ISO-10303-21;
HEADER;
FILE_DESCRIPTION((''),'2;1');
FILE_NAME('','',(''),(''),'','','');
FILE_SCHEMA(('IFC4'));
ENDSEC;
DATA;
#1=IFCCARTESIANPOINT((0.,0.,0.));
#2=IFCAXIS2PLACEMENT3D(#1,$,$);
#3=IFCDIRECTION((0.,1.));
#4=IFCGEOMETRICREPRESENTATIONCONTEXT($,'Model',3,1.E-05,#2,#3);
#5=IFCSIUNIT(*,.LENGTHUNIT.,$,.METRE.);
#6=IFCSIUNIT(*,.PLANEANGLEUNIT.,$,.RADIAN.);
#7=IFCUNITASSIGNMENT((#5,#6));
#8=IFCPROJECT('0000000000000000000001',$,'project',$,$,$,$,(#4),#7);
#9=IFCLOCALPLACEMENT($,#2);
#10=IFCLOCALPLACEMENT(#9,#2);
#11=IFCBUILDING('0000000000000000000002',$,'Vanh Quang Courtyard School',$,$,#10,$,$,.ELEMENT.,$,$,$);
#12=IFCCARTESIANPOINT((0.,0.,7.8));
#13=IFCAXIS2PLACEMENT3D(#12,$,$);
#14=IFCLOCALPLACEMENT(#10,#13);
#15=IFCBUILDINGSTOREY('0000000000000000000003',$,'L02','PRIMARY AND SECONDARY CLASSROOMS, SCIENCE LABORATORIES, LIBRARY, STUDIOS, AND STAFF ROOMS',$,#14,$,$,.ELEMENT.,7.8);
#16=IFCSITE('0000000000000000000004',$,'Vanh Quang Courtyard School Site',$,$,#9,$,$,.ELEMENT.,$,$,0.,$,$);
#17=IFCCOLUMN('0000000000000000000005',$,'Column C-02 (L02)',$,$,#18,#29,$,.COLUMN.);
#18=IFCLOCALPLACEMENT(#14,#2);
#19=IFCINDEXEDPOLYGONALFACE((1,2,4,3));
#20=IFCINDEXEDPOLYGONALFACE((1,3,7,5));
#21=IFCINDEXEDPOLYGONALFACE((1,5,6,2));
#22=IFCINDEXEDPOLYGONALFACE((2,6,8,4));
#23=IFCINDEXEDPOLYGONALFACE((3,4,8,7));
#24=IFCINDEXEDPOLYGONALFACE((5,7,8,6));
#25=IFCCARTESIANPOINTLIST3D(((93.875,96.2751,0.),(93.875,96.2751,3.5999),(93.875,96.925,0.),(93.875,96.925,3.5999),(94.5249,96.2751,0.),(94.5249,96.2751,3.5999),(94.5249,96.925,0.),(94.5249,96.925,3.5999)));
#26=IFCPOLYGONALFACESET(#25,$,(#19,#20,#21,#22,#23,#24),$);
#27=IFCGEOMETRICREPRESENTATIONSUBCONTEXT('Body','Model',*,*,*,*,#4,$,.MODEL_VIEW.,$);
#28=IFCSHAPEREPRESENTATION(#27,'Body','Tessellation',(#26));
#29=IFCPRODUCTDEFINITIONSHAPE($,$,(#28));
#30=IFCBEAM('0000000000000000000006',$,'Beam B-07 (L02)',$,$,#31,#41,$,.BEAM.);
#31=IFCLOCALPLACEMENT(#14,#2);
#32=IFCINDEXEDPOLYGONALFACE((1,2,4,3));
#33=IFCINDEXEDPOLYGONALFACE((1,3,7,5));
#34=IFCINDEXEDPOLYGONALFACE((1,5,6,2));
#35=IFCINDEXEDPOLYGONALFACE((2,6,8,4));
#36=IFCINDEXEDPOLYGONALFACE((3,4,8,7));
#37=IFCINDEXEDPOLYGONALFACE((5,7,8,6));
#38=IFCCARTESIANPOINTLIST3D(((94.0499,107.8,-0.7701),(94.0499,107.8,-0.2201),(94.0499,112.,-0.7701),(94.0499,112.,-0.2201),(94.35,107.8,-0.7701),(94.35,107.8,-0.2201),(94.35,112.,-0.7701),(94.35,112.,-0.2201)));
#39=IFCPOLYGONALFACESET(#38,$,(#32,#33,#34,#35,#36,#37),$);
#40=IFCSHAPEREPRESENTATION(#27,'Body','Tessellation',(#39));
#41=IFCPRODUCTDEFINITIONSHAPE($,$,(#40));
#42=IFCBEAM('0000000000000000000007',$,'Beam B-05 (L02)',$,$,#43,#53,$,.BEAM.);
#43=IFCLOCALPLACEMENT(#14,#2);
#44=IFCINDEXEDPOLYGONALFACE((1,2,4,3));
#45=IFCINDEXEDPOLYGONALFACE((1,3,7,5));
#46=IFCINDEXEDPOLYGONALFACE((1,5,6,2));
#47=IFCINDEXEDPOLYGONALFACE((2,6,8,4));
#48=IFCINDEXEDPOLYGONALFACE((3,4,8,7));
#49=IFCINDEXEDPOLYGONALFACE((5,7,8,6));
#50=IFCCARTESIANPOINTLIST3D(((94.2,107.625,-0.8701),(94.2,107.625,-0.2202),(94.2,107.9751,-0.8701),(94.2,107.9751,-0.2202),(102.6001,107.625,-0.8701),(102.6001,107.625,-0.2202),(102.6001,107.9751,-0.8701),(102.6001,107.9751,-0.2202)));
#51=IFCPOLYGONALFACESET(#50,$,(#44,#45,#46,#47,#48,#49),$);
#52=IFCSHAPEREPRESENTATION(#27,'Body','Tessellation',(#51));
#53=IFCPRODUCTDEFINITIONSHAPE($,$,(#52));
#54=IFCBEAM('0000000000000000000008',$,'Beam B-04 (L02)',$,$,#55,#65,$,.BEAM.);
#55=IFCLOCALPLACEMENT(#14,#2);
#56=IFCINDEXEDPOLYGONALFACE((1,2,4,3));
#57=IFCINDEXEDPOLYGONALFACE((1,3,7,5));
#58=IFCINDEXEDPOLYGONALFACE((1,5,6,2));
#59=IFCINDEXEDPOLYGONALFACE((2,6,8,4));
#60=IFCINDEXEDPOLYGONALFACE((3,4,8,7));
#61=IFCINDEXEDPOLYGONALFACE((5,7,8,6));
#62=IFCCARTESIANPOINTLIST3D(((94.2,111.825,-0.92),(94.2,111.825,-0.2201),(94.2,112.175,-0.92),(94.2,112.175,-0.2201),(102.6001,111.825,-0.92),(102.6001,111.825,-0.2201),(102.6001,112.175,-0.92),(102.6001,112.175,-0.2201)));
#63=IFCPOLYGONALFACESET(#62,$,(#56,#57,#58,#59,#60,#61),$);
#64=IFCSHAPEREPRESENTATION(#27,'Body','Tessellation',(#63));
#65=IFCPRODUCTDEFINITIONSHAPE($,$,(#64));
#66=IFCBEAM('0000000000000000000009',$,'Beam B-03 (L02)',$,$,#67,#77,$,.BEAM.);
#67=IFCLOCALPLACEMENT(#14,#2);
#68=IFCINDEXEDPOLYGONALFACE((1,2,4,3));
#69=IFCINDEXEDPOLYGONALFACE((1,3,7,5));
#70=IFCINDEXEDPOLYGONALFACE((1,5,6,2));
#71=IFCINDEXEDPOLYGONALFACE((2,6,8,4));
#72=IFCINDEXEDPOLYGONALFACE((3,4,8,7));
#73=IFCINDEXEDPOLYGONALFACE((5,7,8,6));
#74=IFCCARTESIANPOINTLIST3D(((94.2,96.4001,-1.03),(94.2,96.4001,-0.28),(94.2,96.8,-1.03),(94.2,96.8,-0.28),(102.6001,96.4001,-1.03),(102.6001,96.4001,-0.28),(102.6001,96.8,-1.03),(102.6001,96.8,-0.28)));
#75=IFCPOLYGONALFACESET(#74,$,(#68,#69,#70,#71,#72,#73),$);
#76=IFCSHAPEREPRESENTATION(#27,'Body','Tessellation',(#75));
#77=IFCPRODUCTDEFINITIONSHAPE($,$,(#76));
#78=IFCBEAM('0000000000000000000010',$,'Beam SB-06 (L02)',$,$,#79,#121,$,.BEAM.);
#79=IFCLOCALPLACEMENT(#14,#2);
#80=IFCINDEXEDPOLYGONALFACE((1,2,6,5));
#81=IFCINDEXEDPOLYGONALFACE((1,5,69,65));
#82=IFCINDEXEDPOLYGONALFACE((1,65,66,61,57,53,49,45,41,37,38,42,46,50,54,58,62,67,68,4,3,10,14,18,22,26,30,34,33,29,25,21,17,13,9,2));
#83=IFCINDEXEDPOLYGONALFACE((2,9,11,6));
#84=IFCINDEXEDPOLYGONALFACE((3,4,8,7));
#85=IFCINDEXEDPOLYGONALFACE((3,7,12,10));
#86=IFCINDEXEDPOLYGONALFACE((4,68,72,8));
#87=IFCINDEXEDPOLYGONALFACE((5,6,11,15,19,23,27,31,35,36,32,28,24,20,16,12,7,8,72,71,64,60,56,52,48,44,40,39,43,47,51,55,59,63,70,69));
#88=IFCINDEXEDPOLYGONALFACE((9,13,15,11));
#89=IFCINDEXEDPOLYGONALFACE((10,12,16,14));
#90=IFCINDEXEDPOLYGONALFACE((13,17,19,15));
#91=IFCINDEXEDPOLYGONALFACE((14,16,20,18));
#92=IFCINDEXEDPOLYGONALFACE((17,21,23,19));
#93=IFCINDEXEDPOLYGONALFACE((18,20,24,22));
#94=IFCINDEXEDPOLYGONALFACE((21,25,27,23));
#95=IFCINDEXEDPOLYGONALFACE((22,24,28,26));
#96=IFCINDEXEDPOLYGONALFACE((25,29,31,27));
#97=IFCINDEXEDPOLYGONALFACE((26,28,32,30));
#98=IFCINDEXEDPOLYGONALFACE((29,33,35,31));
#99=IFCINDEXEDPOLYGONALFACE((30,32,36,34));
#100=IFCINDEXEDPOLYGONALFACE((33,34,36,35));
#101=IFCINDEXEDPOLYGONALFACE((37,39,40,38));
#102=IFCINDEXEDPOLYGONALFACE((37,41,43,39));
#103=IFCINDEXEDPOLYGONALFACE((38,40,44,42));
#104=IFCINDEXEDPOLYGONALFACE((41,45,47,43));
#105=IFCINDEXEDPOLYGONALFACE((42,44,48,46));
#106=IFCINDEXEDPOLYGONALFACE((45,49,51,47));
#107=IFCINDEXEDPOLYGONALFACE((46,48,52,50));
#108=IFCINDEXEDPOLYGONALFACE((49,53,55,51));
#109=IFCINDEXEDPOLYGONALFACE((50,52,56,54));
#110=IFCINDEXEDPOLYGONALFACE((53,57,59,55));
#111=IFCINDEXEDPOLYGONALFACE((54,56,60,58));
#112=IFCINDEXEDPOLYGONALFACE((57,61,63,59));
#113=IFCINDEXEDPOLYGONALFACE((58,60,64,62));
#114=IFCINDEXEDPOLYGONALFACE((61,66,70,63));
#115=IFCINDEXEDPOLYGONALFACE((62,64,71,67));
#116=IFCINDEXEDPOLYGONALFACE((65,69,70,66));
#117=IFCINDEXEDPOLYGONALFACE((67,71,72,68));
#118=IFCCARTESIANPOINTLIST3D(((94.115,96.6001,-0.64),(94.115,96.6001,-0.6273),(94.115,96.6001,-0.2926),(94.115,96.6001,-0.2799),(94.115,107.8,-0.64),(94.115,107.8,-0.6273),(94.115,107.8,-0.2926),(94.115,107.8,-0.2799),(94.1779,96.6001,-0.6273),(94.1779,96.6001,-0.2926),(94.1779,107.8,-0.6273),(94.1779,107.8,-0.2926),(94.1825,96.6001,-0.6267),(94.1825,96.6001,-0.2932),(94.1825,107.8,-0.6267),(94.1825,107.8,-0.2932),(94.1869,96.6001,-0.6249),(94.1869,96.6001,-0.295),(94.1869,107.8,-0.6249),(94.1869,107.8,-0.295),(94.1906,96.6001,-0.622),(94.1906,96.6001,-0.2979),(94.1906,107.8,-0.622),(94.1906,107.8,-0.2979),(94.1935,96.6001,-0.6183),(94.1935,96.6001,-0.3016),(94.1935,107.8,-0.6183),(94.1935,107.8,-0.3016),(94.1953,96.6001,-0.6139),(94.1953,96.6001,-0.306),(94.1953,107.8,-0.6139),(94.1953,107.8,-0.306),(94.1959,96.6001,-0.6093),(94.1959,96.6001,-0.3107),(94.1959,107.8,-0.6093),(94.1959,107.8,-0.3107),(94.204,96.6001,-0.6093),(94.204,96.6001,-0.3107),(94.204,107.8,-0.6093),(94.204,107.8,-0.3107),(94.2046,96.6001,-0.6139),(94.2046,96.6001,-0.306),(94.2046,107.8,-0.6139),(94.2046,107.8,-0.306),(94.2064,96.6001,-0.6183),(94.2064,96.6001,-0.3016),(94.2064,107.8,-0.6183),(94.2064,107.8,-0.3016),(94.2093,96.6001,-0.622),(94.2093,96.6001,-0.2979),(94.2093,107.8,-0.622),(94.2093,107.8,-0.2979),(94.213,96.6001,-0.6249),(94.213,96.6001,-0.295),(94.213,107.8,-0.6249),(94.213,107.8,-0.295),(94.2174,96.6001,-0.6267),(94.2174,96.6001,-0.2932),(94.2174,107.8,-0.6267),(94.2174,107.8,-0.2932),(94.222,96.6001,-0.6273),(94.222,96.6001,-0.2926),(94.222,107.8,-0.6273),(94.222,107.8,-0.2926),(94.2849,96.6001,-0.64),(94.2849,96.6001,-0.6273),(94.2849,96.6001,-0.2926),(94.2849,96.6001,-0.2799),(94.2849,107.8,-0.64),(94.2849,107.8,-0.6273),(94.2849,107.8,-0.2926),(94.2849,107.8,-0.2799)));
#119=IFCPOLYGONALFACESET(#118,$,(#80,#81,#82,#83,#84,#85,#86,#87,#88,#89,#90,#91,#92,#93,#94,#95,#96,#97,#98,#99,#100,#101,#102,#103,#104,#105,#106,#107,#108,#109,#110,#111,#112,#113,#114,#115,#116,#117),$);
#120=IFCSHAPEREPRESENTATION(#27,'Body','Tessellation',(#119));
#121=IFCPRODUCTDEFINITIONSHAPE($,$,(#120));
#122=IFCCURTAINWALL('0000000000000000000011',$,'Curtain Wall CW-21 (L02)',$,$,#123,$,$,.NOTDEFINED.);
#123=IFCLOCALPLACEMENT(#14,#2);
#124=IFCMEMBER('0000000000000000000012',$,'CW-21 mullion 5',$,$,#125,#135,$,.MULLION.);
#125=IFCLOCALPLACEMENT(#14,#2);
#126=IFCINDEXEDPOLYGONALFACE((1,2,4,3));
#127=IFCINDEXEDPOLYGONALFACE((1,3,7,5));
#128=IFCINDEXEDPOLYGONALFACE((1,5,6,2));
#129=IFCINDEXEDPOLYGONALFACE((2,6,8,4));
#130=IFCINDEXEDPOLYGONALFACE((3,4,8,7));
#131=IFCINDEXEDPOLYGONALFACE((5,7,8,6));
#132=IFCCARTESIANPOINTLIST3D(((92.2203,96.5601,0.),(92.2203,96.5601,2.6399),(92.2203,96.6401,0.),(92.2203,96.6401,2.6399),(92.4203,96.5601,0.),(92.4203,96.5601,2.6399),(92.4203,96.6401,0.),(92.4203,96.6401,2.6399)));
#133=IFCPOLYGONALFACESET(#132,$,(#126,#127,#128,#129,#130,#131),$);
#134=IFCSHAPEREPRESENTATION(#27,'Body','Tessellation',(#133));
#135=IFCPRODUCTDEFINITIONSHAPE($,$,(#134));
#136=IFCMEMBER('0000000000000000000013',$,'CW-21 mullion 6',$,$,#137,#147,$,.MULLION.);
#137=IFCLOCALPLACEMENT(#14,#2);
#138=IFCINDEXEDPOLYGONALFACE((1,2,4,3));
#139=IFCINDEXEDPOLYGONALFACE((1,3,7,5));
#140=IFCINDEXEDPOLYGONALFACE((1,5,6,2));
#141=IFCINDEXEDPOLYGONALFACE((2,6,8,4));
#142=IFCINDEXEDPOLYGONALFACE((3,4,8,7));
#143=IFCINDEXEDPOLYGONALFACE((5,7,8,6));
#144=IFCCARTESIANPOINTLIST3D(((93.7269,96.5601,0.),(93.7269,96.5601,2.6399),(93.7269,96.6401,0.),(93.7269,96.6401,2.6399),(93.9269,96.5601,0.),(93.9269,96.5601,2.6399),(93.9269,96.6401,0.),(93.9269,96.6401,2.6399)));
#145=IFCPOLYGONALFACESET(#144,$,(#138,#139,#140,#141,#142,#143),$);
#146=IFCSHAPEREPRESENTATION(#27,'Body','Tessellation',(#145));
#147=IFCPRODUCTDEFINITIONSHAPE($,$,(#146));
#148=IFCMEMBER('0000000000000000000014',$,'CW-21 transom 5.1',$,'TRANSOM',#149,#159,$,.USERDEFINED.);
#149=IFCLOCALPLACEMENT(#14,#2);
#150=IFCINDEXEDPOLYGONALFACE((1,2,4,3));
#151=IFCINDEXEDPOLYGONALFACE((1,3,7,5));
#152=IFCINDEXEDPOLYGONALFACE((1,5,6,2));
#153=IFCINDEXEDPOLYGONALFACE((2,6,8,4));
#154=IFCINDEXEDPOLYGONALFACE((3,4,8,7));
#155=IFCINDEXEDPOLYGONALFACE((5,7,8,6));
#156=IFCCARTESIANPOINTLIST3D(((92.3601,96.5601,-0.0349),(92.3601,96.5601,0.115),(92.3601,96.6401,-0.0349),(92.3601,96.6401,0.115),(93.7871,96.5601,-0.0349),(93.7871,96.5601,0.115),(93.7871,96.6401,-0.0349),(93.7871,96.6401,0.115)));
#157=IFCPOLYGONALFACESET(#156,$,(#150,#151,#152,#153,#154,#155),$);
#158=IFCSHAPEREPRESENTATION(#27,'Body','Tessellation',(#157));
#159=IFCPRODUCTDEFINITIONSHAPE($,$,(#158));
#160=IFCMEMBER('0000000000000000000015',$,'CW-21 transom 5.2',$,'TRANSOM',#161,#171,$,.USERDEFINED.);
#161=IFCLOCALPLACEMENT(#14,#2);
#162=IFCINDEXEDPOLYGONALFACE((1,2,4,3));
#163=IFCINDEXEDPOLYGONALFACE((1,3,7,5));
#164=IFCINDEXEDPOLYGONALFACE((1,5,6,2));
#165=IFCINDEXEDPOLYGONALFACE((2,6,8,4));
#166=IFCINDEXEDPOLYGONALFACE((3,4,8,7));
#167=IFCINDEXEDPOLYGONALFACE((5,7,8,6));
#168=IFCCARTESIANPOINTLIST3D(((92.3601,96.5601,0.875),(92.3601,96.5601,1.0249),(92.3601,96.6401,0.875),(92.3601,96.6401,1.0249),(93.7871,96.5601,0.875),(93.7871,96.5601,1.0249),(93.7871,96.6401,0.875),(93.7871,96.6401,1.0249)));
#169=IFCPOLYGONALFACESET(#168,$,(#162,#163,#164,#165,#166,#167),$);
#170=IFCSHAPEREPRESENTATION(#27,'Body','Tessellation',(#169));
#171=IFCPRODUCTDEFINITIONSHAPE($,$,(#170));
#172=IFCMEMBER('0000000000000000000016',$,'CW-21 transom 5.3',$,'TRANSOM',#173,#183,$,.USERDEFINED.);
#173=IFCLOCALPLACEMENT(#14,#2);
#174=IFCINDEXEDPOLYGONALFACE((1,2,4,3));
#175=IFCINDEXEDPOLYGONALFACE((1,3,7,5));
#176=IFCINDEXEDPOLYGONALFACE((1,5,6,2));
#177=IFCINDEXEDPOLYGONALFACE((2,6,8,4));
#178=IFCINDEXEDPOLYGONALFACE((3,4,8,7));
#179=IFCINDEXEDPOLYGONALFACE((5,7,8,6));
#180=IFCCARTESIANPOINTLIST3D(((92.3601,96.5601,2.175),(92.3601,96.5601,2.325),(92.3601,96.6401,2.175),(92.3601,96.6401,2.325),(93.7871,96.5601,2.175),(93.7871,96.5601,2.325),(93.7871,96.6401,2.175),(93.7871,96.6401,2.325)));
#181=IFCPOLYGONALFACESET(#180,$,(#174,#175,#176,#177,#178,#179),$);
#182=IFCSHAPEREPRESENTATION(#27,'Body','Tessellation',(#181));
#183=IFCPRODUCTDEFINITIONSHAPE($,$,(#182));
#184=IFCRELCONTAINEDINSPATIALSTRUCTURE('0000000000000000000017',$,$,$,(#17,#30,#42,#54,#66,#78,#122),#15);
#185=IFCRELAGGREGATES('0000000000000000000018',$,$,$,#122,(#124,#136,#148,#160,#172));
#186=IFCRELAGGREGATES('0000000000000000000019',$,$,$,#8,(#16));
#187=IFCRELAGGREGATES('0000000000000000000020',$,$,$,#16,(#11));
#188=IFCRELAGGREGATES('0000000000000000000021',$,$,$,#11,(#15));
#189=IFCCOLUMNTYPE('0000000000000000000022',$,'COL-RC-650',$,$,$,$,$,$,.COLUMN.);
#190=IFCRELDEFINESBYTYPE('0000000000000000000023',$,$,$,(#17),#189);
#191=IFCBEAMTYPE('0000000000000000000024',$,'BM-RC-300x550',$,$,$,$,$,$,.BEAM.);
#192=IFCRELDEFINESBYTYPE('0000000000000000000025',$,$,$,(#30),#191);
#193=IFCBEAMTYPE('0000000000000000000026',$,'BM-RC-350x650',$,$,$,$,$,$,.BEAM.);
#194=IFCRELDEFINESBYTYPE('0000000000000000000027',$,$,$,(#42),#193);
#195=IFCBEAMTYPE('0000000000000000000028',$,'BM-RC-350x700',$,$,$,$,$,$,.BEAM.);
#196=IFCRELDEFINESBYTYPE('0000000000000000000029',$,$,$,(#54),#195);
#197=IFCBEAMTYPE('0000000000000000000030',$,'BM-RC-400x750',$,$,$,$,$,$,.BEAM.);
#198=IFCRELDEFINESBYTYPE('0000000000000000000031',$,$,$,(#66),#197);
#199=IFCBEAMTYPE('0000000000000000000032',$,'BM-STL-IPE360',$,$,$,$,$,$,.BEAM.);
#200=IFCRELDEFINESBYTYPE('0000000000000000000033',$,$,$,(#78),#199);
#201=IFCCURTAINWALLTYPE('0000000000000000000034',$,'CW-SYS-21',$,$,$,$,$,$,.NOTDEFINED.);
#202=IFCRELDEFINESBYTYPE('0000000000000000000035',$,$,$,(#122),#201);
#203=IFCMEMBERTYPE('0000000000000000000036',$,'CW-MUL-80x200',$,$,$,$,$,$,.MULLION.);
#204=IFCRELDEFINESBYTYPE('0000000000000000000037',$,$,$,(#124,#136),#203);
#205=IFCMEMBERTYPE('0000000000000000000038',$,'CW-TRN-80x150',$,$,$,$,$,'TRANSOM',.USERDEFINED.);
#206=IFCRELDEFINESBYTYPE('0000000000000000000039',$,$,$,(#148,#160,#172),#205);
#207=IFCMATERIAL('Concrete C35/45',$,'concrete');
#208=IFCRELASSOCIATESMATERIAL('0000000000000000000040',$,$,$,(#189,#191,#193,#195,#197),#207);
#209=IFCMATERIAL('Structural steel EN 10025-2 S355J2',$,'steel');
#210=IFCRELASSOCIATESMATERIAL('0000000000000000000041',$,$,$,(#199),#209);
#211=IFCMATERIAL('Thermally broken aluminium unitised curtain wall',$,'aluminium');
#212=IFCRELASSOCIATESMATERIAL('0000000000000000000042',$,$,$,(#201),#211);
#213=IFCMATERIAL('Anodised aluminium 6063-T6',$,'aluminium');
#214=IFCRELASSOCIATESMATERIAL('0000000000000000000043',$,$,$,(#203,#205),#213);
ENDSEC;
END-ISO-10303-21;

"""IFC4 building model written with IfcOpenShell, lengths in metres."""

from ifc_helpers import new_model, si_unit, direction, frame, origin, origin_2d, place, context, subcontext, project, spatial, rectangle, i_section, extrude, material, material_profile, profile_set, type_object, element, aggregate, save


model = new_model("IFC4")

# Units and contexts
model_context = context("Model", 3, precision=1e-05, world=origin(), true_north=direction((0.0, 1.0)))
body_context = subcontext(model_context, "Body", "Model", "MODEL_VIEW")
ifc_project = project(units=[si_unit("LENGTHUNIT", "METRE"), si_unit("PLANEANGLEUNIT", "RADIAN")], contexts=[model_context])

# Site, building, storey
site_placement = place(None, origin())
site = spatial("IfcSite", under=ifc_project, at=site_placement, Name="Vanh Quang Courtyard School Site", CompositionType="ELEMENT", RefElevation=0.0)
building_placement = place(site_placement, origin())
building = spatial("IfcBuilding", under=site, at=building_placement, Name="Vanh Quang Courtyard School", CompositionType="ELEMENT")
storey_placement = place(building_placement, frame((0.0, 0.0, 7.8)))
storey = spatial("IfcBuildingStorey", under=building, at=storey_placement, Name="L02", Description="PRIMARY AND SECONDARY CLASSROOMS, SCIENCE LABORATORIES, LIBRARY, STUDIOS, AND STAFF ROOMS", CompositionType="ELEMENT", Elevation=7.8)

# Column
ifc_material_1 = material(Name="Concrete C35/45", Category="concrete")
ifc_material_profile_1 = material_profile(ifc_material_1, rectangle(XDim=0.6499, YDim=0.6499, at=origin_2d()), Name="RC-COL 650x650")
ifc_profile_set_1 = profile_set([ifc_material_profile_1], Name="Concrete C35/45")
column_type = type_object("IfcColumnType", Name="COL-RC-650", PredefinedType="COLUMN", material=ifc_profile_set_1)
column_placement = place(storey_placement, frame((94.2, 96.6001, 0.0), z_axis=(0.0, 0.0, 1.0), x_axis=(1.0, 0.0, 0.0)))
element("IfcColumn", 1, at=column_placement, inside=storey, type_object=column_type, Name="Column C-02 (L02)", PredefinedType="COLUMN", context=body_context, shape_type="SweptSolid", body=[
    extrude(rectangle(XDim=0.6499, YDim=0.6499, at=origin_2d()), origin(), (0.0, 0.0, 1.0), 3.5999),
])

# Beams
ifc_material_profile_2 = material_profile(ifc_material_1, rectangle(XDim=0.3, YDim=0.55, at=origin_2d()), Name="RC-BM 300x550")
ifc_profile_set_2 = profile_set([ifc_material_profile_2], Name="Concrete C35/45")
beam_type_1 = type_object("IfcBeamType", Name="BM-RC-300x550", PredefinedType="BEAM", material=ifc_profile_set_2)
beam_1_placement = place(storey_placement, frame((94.2, 107.8, -0.4951), z_axis=(0.0, 1.0, 0.0), x_axis=(-1.0, 0.0, 0.0)))
element("IfcBeam", 2, at=beam_1_placement, inside=storey, type_object=beam_type_1, Name="Beam B-07 (L02)", PredefinedType="BEAM", context=body_context, shape_type="SweptSolid", body=[
    extrude(rectangle(XDim=0.3, YDim=0.55, at=origin_2d()), origin(), (0.0, 0.0, 1.0), 4.2),
])
ifc_material_profile_3 = material_profile(ifc_material_1, rectangle(XDim=0.3501, YDim=0.6499, at=origin_2d()), Name="RC-BM 350x650")
ifc_profile_set_3 = profile_set([ifc_material_profile_3], Name="Concrete C35/45")
beam_type_2 = type_object("IfcBeamType", Name="BM-RC-350x650", PredefinedType="BEAM", material=ifc_profile_set_3)
beam_2_placement = place(storey_placement, frame((94.2, 107.8, -0.5452), z_axis=(1.0, 0.0, 0.0), x_axis=(0.0, 1.0, 0.0)))
element("IfcBeam", 3, at=beam_2_placement, inside=storey, type_object=beam_type_2, Name="Beam B-05 (L02)", PredefinedType="BEAM", context=body_context, shape_type="SweptSolid", body=[
    extrude(rectangle(XDim=0.3501, YDim=0.6499, at=origin_2d()), origin(), (0.0, 0.0, 1.0), 8.4001),
])
ifc_material_profile_4 = material_profile(ifc_material_1, rectangle(XDim=0.3501, YDim=0.7, at=origin_2d()), Name="RC-BM 350x700")
ifc_profile_set_4 = profile_set([ifc_material_profile_4], Name="Concrete C35/45")
beam_type_3 = type_object("IfcBeamType", Name="BM-RC-350x700", PredefinedType="BEAM", material=ifc_profile_set_4)
beam_3_placement = place(storey_placement, frame((94.2, 112.0, -0.5701), z_axis=(1.0, 0.0, 0.0), x_axis=(0.0, 1.0, 0.0)))
element("IfcBeam", 4, at=beam_3_placement, inside=storey, type_object=beam_type_3, Name="Beam B-04 (L02)", PredefinedType="BEAM", context=body_context, shape_type="SweptSolid", body=[
    extrude(rectangle(XDim=0.3501, YDim=0.7, at=origin_2d()), origin(), (0.0, 0.0, 1.0), 8.4001),
])
ifc_material_profile_5 = material_profile(ifc_material_1, rectangle(XDim=0.3999, YDim=0.75, at=origin_2d()), Name="RC-BM 400x750")
ifc_profile_set_5 = profile_set([ifc_material_profile_5], Name="Concrete C35/45")
beam_type_4 = type_object("IfcBeamType", Name="BM-RC-400x750", PredefinedType="BEAM", material=ifc_profile_set_5)
beam_4_placement = place(storey_placement, frame((94.2, 96.6001, -0.655), z_axis=(1.0, 0.0, 0.0), x_axis=(0.0, 1.0, 0.0)))
element("IfcBeam", 5, at=beam_4_placement, inside=storey, type_object=beam_type_4, Name="Beam B-03 (L02)", PredefinedType="BEAM", context=body_context, shape_type="SweptSolid", body=[
    extrude(rectangle(XDim=0.3999, YDim=0.75, at=origin_2d()), origin(), (0.0, 0.0, 1.0), 8.4001),
])
ifc_material_2 = material(Name="Structural steel EN 10025-2 S355J2", Category="steel")
ifc_material_profile_6 = material_profile(ifc_material_2, i_section(OverallWidth=0.1699, OverallDepth=0.3601, WebThickness=0.0081, FlangeThickness=0.0127, FilletRadius=0.0181, at=origin_2d()), Name="IPE 360")
ifc_profile_set_6 = profile_set([ifc_material_profile_6], Name="Structural steel EN 10025-2 S355J2")
beam_type_5 = type_object("IfcBeamType", Name="BM-STL-IPE360", PredefinedType="BEAM", material=ifc_profile_set_6)
beam_5_placement = place(storey_placement, frame((94.2, 96.6001, -0.46), z_axis=(0.0, 1.0, 0.0), x_axis=(-1.0, 0.0, 0.0)))
element("IfcBeam", 6, at=beam_5_placement, inside=storey, type_object=beam_type_5, Name="Beam SB-06 (L02)", PredefinedType="BEAM", context=body_context, shape_type="SweptSolid", body=[
    extrude(i_section(OverallWidth=0.1699, OverallDepth=0.3601, WebThickness=0.0081, FlangeThickness=0.0127, FilletRadius=0.0181, at=origin_2d()), origin(), (0.0, 0.0, 1.0), 11.2),
])

# Curtain wall, members
ifc_material_3 = material(Name="Thermally broken aluminium unitised curtain wall", Category="aluminium")
curtain_wall_type = type_object("IfcCurtainWallType", Name="CW-SYS-21", PredefinedType="NOTDEFINED", material=ifc_material_3)
curtain_wall_placement = place(storey_placement, origin())
curtain_wall = element("IfcCurtainWall", 7, at=curtain_wall_placement, inside=storey, type_object=curtain_wall_type, Name="Curtain Wall CW-21 (L02)", PredefinedType="NOTDEFINED")
ifc_material_4 = material(Name="Anodised aluminium 6063-T6", Category="aluminium")
ifc_material_profile_7 = material_profile(ifc_material_4, rectangle(XDim=0.0801, YDim=0.2, at=origin_2d()), Name="ALU-MUL 80x200")
ifc_profile_set_7 = profile_set([ifc_material_profile_7], Name="Anodised aluminium 6063-T6")
member_type_1 = type_object("IfcMemberType", Name="CW-MUL-80x200", PredefinedType="MULLION", material=ifc_profile_set_7)
member_1_placement = place(storey_placement, frame((92.3203, 96.6001, 0.0), z_axis=(0.0, 0.0, 1.0), x_axis=(0.0, 1.0, 0.0)))
member_1 = element("IfcMember", 8, at=member_1_placement, type_object=member_type_1, Name="CW-21 mullion 5", PredefinedType="MULLION", context=body_context, shape_type="SweptSolid", body=[
    extrude(rectangle(XDim=0.0801, YDim=0.2, at=origin_2d()), origin(), (0.0, 0.0, 1.0), 2.6399),
])
member_2_placement = place(storey_placement, frame((93.8269, 96.6001, 0.0), z_axis=(0.0, 0.0, 1.0), x_axis=(0.0, 1.0, 0.0)))
member_2 = element("IfcMember", 9, at=member_2_placement, type_object=member_type_1, Name="CW-21 mullion 6", PredefinedType="MULLION", context=body_context, shape_type="SweptSolid", body=[
    extrude(rectangle(XDim=0.0801, YDim=0.2, at=origin_2d()), origin(), (0.0, 0.0, 1.0), 2.6399),
])
ifc_material_profile_8 = material_profile(ifc_material_4, rectangle(XDim=0.0801, YDim=0.1499, at=origin_2d()), Name="ALU-TRN 80x150")
ifc_profile_set_8 = profile_set([ifc_material_profile_8], Name="Anodised aluminium 6063-T6")
member_type_2 = type_object("IfcMemberType", Name="CW-TRN-80x150", ElementType="TRANSOM", PredefinedType="USERDEFINED", material=ifc_profile_set_8)
member_3_placement = place(storey_placement, frame((92.3601, 96.6001, 0.04), z_axis=(1.0, 0.0, 0.0), x_axis=(0.0, 1.0, 0.0)))
member_3 = element("IfcMember", 10, at=member_3_placement, type_object=member_type_2, Name="CW-21 transom 5.1", ObjectType="TRANSOM", PredefinedType="USERDEFINED", context=body_context, shape_type="SweptSolid", body=[
    extrude(rectangle(XDim=0.0801, YDim=0.1499, at=origin_2d()), origin(), (0.0, 0.0, 1.0), 1.427),
])
member_4_placement = place(storey_placement, frame((92.3601, 96.6001, 0.95), z_axis=(1.0, 0.0, 0.0), x_axis=(0.0, 1.0, 0.0)))
member_4 = element("IfcMember", 11, at=member_4_placement, type_object=member_type_2, Name="CW-21 transom 5.2", ObjectType="TRANSOM", PredefinedType="USERDEFINED", context=body_context, shape_type="SweptSolid", body=[
    extrude(rectangle(XDim=0.0801, YDim=0.1499, at=origin_2d()), origin(), (0.0, 0.0, 1.0), 1.427),
])
member_5_placement = place(storey_placement, frame((92.3601, 96.6001, 2.25), z_axis=(1.0, 0.0, 0.0), x_axis=(0.0, 1.0, 0.0)))
member_5 = element("IfcMember", 12, at=member_5_placement, type_object=member_type_2, Name="CW-21 transom 5.3", ObjectType="TRANSOM", PredefinedType="USERDEFINED", context=body_context, shape_type="SweptSolid", body=[
    extrude(rectangle(XDim=0.0801, YDim=0.1499, at=origin_2d()), origin(), (0.0, 0.0, 1.0), 1.427),
])

aggregate(curtain_wall, [member_1, member_2, member_3, member_4, member_5])

save(model, "model.ifc")
